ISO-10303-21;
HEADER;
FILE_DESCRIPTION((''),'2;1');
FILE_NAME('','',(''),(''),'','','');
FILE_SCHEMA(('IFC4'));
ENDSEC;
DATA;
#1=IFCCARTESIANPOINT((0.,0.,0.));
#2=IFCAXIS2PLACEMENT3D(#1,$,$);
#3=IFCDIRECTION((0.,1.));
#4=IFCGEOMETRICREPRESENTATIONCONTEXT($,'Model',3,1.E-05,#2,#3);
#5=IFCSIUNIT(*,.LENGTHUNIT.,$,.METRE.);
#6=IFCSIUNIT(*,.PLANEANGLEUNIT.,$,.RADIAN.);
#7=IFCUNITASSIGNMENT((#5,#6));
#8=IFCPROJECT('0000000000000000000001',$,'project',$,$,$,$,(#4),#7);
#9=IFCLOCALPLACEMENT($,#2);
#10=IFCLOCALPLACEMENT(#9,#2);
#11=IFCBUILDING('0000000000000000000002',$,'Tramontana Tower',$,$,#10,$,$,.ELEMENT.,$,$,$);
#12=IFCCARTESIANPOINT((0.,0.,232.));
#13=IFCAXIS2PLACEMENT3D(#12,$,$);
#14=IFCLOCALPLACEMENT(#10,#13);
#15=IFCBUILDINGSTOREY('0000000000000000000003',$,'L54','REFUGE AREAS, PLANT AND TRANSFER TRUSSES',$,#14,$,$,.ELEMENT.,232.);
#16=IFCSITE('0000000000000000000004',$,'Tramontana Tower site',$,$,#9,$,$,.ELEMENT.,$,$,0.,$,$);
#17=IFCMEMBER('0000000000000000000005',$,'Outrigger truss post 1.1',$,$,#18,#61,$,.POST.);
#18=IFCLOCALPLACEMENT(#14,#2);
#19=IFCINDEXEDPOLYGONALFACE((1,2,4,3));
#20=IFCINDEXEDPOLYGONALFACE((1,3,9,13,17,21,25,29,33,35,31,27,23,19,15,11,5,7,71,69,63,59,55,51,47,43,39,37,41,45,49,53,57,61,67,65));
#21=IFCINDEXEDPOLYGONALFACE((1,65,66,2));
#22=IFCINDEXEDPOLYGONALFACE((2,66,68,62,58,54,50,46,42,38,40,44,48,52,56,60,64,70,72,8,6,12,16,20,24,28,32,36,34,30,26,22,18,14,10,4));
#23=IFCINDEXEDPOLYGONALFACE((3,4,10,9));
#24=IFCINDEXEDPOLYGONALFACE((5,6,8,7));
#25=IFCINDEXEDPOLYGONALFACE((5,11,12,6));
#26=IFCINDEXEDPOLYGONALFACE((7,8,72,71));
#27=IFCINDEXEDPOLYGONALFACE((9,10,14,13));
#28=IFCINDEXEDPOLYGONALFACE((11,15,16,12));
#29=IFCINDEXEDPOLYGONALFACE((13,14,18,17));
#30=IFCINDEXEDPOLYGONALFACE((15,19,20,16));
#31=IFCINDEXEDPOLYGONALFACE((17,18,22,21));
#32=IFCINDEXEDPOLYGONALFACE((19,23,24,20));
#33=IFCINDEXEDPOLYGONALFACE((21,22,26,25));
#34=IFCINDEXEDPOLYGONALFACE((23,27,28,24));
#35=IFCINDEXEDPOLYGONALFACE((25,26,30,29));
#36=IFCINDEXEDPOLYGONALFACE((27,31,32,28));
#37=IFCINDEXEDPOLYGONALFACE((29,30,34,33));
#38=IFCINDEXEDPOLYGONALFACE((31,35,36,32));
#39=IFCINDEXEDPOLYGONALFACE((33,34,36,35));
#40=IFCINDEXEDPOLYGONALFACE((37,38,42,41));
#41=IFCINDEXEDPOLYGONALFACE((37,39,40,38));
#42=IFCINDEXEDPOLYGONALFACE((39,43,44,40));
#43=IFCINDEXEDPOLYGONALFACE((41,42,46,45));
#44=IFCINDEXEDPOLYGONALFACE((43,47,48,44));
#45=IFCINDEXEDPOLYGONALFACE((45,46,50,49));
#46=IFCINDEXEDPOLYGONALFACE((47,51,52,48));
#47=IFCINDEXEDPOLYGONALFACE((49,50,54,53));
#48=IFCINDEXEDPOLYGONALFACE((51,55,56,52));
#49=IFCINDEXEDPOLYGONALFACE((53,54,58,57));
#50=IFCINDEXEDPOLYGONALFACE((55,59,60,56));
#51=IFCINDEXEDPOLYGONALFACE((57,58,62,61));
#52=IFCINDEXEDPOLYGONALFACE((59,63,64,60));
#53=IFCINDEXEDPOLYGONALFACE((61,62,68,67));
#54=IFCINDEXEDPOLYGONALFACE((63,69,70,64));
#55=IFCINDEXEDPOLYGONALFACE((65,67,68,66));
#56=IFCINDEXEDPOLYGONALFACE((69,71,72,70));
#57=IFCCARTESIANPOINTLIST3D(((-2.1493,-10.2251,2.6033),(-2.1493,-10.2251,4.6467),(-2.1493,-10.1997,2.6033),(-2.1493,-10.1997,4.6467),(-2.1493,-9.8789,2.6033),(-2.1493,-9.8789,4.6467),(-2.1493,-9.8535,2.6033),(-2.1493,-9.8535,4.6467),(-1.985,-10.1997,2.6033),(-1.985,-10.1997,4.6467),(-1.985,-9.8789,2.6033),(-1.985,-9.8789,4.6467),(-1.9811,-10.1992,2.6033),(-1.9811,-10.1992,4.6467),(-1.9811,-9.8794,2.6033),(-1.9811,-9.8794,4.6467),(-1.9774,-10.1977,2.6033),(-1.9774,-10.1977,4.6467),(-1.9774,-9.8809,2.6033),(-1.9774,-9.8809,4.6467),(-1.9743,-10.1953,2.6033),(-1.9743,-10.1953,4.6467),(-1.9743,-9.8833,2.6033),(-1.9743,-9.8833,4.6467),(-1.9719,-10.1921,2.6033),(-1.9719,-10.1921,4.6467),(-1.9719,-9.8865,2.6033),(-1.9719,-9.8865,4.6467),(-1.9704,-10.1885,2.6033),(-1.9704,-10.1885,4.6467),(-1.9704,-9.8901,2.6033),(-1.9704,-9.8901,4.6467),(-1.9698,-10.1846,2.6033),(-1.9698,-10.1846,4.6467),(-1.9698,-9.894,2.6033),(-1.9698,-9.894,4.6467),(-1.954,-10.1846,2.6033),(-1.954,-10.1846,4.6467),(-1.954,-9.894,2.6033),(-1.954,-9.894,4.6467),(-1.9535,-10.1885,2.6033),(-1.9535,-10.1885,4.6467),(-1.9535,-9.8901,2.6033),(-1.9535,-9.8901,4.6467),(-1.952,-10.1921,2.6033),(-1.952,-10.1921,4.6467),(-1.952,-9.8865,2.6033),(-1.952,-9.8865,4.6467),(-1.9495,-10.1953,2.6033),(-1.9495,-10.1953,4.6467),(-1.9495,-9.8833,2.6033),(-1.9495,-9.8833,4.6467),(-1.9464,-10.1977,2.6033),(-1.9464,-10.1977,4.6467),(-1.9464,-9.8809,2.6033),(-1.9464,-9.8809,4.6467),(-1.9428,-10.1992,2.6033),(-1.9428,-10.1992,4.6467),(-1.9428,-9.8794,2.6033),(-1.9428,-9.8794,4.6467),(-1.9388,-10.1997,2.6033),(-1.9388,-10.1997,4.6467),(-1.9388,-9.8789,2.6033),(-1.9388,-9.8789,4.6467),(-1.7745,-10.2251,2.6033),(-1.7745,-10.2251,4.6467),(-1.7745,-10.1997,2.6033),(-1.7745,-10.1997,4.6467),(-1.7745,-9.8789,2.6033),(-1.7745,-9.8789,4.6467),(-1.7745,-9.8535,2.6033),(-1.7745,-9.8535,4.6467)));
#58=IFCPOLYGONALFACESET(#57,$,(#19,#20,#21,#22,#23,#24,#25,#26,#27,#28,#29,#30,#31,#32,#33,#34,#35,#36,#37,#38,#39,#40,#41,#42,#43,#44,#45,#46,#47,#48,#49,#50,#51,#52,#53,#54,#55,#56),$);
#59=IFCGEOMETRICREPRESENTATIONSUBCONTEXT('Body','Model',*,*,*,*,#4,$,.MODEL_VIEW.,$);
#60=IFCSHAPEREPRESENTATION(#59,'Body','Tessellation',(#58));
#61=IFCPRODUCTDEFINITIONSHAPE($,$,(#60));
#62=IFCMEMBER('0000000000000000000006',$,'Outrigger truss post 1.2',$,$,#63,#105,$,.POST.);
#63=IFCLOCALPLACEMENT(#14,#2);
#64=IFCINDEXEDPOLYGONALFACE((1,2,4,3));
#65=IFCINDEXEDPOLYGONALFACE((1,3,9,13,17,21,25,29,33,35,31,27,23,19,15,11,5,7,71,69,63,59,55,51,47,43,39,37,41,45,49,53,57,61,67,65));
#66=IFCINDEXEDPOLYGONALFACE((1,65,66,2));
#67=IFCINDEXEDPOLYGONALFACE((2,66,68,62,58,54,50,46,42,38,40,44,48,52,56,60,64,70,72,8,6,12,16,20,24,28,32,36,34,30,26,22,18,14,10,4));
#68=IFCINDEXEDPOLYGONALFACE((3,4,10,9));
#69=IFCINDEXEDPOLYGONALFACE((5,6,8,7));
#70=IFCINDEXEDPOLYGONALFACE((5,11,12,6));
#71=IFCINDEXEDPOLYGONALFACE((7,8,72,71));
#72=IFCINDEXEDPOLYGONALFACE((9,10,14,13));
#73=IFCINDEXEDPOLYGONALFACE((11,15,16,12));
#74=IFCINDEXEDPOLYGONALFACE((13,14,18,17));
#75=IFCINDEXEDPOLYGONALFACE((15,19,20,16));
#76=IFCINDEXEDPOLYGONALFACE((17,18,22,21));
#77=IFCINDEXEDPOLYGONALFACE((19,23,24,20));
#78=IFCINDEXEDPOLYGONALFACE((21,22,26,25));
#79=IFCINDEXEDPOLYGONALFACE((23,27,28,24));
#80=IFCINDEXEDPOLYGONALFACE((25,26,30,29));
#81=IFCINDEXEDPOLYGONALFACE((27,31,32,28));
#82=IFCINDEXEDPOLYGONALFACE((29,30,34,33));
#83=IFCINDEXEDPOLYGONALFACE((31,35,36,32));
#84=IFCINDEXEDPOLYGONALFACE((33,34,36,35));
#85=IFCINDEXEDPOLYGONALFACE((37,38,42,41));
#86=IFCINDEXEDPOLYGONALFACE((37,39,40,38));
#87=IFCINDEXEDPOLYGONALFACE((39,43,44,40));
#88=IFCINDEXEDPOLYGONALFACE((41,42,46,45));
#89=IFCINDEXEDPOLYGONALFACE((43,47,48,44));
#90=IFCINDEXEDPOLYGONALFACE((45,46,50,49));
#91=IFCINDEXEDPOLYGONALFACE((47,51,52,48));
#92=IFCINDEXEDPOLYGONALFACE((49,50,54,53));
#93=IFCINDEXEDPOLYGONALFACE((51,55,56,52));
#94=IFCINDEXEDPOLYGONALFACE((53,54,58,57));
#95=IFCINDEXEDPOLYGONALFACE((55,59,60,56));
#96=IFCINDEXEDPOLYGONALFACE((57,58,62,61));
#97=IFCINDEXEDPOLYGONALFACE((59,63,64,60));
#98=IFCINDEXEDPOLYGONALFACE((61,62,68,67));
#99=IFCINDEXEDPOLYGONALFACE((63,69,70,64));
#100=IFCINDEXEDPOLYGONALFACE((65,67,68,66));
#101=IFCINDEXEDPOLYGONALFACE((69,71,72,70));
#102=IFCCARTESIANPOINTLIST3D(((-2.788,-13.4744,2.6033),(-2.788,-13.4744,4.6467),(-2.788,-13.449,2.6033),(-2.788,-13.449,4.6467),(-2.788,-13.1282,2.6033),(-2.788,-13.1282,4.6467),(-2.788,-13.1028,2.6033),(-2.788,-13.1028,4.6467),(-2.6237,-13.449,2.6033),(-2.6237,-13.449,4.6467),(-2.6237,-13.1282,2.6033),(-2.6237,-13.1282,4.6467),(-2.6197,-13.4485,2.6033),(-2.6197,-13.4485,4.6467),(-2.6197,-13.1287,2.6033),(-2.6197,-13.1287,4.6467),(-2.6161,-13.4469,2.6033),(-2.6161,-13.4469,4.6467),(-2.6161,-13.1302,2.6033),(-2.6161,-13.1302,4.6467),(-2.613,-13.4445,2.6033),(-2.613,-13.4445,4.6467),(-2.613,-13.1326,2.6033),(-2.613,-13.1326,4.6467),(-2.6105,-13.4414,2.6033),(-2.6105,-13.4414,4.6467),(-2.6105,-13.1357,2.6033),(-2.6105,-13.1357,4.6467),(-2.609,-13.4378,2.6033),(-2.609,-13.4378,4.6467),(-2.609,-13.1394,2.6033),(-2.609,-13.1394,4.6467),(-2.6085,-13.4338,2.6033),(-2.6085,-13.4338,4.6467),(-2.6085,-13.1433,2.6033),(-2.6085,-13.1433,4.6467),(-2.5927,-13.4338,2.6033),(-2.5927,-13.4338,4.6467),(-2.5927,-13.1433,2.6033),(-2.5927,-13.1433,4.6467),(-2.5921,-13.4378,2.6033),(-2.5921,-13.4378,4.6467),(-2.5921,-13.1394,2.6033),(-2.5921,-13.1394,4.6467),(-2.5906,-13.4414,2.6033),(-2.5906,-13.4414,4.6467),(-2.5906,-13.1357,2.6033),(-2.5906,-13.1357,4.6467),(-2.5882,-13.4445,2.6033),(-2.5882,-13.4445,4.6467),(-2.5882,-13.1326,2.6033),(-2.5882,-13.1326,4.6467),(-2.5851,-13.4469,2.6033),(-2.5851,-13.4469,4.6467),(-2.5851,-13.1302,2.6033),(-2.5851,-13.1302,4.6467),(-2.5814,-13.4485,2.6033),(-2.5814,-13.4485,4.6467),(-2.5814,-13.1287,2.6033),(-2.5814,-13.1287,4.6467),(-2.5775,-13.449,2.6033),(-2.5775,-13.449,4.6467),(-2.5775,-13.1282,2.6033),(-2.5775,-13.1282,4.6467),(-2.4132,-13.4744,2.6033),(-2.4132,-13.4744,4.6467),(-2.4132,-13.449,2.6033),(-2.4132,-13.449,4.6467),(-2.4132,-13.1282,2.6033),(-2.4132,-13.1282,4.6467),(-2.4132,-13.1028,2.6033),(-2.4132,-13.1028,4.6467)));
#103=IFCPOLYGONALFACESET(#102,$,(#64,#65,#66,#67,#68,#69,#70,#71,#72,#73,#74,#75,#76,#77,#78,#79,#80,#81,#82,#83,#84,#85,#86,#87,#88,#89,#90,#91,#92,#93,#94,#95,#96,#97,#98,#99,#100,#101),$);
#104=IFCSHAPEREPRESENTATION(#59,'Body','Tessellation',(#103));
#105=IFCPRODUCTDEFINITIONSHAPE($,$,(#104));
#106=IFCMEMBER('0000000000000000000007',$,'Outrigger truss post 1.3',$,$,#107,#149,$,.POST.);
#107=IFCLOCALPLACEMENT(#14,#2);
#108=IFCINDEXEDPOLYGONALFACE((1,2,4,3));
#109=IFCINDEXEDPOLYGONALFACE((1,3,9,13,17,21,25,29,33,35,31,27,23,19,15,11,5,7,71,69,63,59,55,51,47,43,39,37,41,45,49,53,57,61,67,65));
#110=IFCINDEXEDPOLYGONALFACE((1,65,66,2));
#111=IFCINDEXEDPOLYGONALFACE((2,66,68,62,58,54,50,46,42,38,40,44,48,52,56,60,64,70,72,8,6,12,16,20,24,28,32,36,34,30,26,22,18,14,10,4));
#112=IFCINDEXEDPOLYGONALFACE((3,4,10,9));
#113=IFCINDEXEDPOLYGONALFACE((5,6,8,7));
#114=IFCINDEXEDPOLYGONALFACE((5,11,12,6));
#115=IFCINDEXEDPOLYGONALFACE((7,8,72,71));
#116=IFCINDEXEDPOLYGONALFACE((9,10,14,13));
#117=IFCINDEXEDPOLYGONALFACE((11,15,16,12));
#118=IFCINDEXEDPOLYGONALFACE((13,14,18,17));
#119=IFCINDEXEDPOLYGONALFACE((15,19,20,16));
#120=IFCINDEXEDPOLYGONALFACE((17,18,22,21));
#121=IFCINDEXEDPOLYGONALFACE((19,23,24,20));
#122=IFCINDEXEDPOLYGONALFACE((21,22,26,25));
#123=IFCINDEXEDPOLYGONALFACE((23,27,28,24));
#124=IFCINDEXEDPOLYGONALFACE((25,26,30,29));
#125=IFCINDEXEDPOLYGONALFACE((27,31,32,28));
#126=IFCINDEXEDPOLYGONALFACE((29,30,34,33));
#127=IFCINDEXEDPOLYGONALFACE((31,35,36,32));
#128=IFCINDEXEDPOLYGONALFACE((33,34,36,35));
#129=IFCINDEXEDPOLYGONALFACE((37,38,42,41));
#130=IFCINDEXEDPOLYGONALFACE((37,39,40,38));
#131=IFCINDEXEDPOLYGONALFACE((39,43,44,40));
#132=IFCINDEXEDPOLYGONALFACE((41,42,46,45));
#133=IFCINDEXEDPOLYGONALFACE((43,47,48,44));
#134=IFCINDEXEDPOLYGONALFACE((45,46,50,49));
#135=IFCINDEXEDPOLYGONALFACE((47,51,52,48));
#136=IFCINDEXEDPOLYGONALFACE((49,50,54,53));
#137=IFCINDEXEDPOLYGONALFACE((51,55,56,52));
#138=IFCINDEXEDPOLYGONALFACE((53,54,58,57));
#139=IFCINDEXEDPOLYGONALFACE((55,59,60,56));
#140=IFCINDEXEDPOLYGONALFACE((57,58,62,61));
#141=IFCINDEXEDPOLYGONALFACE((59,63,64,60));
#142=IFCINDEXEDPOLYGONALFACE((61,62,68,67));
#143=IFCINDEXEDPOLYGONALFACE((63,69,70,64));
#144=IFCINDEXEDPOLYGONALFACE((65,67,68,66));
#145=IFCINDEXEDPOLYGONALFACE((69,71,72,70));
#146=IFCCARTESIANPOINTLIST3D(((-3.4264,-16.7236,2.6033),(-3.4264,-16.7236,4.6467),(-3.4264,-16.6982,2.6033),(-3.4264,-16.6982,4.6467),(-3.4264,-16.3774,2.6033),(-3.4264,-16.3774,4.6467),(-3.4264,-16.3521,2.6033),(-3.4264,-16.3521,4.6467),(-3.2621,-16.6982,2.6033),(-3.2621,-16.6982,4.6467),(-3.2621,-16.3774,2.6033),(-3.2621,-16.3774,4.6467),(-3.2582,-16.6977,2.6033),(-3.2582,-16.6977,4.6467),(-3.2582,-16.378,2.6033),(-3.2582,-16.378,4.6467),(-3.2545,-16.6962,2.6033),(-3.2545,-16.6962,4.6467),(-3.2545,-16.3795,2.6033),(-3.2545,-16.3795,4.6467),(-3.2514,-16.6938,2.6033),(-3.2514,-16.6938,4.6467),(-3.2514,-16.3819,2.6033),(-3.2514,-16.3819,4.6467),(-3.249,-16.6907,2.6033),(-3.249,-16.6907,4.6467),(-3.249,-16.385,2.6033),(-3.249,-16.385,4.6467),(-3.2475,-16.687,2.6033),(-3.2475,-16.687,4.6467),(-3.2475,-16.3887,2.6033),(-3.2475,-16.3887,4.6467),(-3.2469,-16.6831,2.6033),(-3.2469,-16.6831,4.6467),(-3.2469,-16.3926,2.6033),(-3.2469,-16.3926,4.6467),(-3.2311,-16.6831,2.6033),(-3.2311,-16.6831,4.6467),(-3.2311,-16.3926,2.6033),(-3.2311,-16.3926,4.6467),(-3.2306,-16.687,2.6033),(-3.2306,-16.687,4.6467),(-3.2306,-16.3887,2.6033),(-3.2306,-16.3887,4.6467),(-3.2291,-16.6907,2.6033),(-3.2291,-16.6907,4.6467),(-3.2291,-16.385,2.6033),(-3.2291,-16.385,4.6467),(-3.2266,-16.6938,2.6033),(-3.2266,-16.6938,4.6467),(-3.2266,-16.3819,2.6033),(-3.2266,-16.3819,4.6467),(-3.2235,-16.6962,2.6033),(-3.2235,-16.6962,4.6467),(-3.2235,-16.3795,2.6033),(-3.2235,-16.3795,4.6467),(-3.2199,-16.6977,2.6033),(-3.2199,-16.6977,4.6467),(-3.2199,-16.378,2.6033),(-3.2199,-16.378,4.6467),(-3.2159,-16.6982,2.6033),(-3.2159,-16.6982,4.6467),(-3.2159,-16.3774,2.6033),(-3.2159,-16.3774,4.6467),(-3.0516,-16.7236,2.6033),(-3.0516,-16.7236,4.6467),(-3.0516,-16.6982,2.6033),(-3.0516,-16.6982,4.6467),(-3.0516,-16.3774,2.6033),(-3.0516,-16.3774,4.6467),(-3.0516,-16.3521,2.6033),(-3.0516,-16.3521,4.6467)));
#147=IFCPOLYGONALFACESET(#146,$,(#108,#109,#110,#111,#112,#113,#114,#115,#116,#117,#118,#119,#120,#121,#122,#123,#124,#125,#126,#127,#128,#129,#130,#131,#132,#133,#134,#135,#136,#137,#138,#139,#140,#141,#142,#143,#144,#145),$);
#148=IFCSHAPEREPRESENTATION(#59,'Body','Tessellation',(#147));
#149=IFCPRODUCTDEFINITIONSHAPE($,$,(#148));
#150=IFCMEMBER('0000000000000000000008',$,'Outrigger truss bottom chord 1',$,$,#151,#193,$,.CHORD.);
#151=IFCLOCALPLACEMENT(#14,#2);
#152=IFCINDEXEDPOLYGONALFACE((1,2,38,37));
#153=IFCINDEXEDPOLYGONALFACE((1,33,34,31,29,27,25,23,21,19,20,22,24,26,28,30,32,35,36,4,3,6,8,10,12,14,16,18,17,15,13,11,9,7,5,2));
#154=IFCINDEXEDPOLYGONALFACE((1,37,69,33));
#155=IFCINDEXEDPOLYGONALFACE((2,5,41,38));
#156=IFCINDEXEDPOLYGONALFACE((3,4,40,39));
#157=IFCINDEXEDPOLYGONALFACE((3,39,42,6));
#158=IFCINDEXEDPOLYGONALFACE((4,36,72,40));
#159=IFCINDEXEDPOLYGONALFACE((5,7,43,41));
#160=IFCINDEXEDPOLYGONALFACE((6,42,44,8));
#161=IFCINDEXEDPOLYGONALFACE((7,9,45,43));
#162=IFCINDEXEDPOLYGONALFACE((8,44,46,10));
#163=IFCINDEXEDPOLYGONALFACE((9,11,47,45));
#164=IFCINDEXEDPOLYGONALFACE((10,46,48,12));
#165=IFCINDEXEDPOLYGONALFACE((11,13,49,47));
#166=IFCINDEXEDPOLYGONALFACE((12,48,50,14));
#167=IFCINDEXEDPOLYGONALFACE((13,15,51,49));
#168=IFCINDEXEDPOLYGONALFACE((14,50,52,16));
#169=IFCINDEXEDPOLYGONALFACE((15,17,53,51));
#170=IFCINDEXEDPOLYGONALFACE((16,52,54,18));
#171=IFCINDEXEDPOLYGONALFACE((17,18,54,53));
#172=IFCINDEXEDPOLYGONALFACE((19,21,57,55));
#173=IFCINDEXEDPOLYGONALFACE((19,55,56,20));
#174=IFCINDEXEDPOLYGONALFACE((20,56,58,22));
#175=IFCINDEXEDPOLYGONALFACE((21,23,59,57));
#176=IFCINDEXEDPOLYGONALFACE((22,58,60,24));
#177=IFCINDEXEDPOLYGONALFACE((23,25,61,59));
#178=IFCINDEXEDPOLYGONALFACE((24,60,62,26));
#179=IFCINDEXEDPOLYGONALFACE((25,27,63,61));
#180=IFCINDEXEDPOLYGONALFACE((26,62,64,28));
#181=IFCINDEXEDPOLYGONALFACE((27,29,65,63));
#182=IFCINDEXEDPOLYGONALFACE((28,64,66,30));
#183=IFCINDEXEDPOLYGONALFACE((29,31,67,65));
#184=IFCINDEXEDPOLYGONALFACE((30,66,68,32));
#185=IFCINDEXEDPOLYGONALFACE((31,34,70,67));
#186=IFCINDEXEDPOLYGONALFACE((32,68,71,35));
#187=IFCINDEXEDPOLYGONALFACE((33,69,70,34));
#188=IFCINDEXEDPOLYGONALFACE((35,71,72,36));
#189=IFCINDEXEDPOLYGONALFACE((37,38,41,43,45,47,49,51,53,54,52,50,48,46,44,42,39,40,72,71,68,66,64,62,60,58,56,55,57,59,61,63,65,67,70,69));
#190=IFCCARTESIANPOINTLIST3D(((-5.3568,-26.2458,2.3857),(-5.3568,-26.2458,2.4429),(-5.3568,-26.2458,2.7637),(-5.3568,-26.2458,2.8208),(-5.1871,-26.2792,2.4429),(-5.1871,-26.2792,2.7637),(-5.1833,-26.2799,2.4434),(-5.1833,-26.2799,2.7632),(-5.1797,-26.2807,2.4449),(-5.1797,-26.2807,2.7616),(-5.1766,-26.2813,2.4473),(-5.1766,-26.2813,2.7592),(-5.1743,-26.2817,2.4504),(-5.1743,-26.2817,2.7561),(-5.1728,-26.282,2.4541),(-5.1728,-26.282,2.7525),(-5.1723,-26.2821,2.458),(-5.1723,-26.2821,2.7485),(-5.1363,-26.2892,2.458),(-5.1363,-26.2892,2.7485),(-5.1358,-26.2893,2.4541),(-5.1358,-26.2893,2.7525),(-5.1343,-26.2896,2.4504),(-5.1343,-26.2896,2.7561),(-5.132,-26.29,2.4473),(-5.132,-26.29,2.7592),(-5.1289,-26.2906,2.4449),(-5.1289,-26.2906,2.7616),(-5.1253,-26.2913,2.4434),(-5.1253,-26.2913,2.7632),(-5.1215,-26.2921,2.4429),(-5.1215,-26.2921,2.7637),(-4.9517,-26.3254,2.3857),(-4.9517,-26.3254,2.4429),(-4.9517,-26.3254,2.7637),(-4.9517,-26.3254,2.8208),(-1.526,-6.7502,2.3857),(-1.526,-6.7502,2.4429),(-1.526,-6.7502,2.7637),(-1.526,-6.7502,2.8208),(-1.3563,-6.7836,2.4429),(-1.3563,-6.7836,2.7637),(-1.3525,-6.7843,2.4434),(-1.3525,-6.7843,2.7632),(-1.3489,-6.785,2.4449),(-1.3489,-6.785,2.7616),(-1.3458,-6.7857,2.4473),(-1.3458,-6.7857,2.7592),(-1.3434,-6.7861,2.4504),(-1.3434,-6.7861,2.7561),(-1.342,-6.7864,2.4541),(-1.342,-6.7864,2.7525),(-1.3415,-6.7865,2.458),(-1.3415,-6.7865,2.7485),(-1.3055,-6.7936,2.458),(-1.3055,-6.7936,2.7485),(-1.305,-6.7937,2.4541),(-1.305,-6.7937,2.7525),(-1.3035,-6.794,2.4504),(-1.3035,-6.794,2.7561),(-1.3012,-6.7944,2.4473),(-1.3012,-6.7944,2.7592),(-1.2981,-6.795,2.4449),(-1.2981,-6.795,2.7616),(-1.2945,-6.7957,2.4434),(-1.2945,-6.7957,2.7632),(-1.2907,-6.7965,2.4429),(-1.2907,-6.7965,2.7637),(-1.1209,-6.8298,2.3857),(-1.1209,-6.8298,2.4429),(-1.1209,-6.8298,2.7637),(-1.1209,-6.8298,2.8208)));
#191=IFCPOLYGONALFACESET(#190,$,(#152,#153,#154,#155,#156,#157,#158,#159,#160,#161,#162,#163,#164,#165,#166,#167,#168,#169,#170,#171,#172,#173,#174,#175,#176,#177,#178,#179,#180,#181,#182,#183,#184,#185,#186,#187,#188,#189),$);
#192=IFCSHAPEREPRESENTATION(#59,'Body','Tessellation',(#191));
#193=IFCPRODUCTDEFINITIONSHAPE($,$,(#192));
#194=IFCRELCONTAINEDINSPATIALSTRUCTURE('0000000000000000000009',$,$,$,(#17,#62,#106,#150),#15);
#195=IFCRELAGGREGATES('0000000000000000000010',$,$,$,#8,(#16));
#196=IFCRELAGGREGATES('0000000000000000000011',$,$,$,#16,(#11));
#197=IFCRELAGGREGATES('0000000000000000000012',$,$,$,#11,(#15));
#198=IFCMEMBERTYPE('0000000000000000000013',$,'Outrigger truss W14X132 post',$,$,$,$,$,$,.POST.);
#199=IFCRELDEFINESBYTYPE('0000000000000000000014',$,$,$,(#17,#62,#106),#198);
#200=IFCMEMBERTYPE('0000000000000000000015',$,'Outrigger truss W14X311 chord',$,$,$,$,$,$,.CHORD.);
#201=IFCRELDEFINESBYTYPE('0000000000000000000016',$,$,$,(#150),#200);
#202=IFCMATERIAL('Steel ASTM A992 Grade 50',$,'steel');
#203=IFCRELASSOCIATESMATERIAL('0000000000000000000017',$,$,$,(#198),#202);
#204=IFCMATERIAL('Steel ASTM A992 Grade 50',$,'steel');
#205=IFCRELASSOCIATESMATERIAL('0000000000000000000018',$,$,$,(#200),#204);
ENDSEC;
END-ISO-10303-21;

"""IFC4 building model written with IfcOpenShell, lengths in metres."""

from ifc_helpers import new_model, si_unit, direction, frame, origin, origin_2d, place, context, subcontext, project, spatial, i_section, extrude, material, material_profile, profile_set, type_object, element, save


model = new_model("IFC4")

# Units and contexts
model_context = context("Model", 3, precision=1e-05, world=origin(), true_north=direction((0.0, 1.0)))
body_context = subcontext(model_context, "Body", "Model", "MODEL_VIEW")
ifc_project = project(units=[si_unit("LENGTHUNIT", "METRE"), si_unit("PLANEANGLEUNIT", "RADIAN")], contexts=[model_context])

# Site, building, storey
site_placement = place(None, origin())
site = spatial("IfcSite", under=ifc_project, at=site_placement, Name="Tramontana Tower site", CompositionType="ELEMENT", RefElevation=0.0)
building_placement = place(site_placement, origin())
building = spatial("IfcBuilding", under=site, at=building_placement, Name="Tramontana Tower", CompositionType="ELEMENT")
storey_placement = place(building_placement, frame((0.0, 0.0, 232.0)))
storey = spatial("IfcBuildingStorey", under=building, at=storey_placement, Name="L54", Description="REFUGE AREAS, PLANT AND TRANSFER TRUSSES", CompositionType="ELEMENT", Elevation=232.0)

# Members
ifc_material_1 = material(Name="Steel ASTM A992 Grade 50", Category="steel")
ifc_material_profile_1 = material_profile(ifc_material_1, i_section(OverallWidth=0.3748, OverallDepth=0.3716, WebThickness=0.0159, FlangeThickness=0.0254, FilletRadius=0.0151, at=origin_2d()), Name="W14X132")
ifc_profile_set_1 = profile_set([ifc_material_profile_1], Name="Steel ASTM A992 Grade 50")
member_type_1 = type_object("IfcMemberType", Name="Outrigger truss W14X132 post", PredefinedType="POST", material=ifc_profile_set_1)
for number, where, z_axis, x_axis, name in (
    (1, (-1.9619, -10.0393, 2.6033), (0.0, 0.0, 1.0), (1.0, 0.0, 0.0), "Outrigger truss post 1.1"),
    (2, (-2.6006, -13.2886, 2.6033), (0.0, 0.0, 1.0), (1.0, 0.0, 0.0), "Outrigger truss post 1.2"),
    (3, (-3.239, -16.5378, 2.6033), (0.0, 0.0, 1.0), (1.0, 0.0, 0.0), "Outrigger truss post 1.3"),
):
    element("IfcMember", number, at=place(storey_placement, frame(where, z_axis=z_axis, x_axis=x_axis)), inside=storey, type_object=member_type_1, Name=name, PredefinedType="POST", context=body_context, shape_type="SweptSolid", body=[
        extrude(i_section(OverallWidth=0.3748, OverallDepth=0.3716, WebThickness=0.0159, FlangeThickness=0.0254, FilletRadius=0.0151, at=origin_2d()), origin(), (0.0, 0.0, 1.0), 2.0435),
    ])
ifc_material_2 = material(Name="Steel ASTM A992 Grade 50", Category="steel")
ifc_material_profile_2 = material_profile(ifc_material_2, i_section(OverallWidth=0.4128, OverallDepth=0.4351, WebThickness=0.0366, FlangeThickness=0.0571, FilletRadius=0.0151, at=origin_2d()), Name="W14X311")
ifc_profile_set_2 = profile_set([ifc_material_profile_2], Name="Steel ASTM A992 Grade 50")
member_type_2 = type_object("IfcMemberType", Name="Outrigger truss W14X311 chord", PredefinedType="CHORD", material=ifc_profile_set_2)
member_1_placement = place(storey_placement, frame((-1.3235, -6.79, 2.6033), z_axis=(-0.192809, -0.981236, 0.0), x_axis=(0.981236, -0.192809, 0.0)))
element("IfcMember", 4, at=member_1_placement, inside=storey, type_object=member_type_2, Name="Outrigger truss bottom chord 1", PredefinedType="CHORD", context=body_context, shape_type="SweptSolid", body=[
    extrude(i_section(OverallWidth=0.4128, OverallDepth=0.4351, WebThickness=0.0366, FlangeThickness=0.0571, FilletRadius=0.0151, at=origin_2d()), origin(), (0.0, 0.0, 1.0), 19.8684),
])

save(model, "model.ifc")
